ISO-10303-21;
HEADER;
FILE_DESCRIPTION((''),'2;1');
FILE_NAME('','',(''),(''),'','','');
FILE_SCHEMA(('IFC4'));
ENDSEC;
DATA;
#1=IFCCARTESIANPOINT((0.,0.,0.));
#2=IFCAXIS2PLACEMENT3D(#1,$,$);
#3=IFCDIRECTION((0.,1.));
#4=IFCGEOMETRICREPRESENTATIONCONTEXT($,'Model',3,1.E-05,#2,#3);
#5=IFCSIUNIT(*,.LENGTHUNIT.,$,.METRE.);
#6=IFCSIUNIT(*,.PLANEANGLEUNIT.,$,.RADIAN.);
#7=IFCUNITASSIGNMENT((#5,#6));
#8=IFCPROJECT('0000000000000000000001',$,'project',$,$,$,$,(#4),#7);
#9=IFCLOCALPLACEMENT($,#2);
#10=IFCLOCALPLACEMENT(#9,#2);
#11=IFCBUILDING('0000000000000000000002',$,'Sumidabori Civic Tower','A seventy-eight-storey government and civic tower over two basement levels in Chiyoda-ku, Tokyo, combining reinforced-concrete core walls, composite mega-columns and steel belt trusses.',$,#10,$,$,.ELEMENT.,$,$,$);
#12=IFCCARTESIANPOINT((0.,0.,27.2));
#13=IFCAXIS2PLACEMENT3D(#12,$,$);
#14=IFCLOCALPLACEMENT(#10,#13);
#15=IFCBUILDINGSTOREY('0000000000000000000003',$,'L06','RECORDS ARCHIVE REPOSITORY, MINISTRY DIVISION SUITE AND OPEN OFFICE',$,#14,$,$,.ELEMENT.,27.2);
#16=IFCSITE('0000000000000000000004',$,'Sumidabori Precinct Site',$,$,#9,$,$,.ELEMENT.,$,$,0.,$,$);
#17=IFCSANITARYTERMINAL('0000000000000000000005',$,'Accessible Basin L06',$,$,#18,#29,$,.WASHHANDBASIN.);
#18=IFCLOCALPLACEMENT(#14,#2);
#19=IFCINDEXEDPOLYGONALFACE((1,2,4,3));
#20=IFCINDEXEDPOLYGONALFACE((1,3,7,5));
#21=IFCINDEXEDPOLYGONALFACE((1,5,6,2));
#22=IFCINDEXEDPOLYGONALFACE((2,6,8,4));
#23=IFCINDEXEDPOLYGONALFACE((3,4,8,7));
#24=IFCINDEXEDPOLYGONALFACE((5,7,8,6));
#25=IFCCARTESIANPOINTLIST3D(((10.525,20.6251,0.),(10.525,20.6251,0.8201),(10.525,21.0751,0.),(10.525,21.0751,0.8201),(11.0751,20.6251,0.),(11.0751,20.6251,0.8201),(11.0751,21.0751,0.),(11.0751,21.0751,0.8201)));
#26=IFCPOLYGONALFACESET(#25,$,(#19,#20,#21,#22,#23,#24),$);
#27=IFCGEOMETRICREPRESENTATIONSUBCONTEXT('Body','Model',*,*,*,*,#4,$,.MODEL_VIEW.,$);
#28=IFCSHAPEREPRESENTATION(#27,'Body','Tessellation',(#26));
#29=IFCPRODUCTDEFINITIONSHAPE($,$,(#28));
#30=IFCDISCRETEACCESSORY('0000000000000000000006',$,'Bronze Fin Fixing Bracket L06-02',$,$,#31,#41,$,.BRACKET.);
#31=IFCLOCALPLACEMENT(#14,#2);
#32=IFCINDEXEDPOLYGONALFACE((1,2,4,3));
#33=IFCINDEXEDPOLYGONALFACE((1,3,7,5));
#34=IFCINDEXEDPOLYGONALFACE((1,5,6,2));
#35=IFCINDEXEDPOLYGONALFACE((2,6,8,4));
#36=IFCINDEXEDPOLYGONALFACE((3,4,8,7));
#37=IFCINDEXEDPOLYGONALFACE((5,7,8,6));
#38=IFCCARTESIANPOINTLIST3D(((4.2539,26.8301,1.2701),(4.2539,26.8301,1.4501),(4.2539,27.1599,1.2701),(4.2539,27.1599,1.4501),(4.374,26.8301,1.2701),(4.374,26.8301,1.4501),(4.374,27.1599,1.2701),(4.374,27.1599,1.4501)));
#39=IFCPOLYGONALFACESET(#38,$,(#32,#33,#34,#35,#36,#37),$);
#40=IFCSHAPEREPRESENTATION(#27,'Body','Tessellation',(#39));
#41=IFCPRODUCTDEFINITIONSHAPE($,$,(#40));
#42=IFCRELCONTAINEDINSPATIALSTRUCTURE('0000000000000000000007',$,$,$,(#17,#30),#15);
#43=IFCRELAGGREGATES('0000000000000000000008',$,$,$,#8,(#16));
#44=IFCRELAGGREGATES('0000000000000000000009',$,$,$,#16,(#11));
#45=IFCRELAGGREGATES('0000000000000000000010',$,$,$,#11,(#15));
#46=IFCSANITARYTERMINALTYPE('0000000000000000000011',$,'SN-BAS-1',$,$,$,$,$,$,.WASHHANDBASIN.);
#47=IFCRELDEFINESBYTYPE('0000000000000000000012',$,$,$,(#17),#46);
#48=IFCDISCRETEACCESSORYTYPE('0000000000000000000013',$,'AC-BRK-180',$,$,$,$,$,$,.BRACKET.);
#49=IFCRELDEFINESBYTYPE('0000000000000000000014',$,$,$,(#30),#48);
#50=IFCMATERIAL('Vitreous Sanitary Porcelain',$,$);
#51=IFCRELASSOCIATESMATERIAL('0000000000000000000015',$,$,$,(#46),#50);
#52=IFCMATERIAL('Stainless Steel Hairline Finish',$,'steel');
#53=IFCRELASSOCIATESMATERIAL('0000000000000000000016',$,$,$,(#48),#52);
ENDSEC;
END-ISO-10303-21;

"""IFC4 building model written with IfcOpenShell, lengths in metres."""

from ifc_helpers import new_model, si_unit, direction, frame, origin, origin_2d, place, context, subcontext, project, spatial, rectangle, extrude, source, transform, mapped, material, material_profile, profile_set, type_object, element, save


model = new_model("IFC4")

# Units and contexts
model_context = context("Model", 3, precision=1e-05, world=origin(), true_north=direction((0.0, 1.0)))
body_context = subcontext(model_context, "Body", "Model", "MODEL_VIEW")
ifc_project = project(units=[si_unit("LENGTHUNIT", "METRE"), si_unit("PLANEANGLEUNIT", "RADIAN")], contexts=[model_context])

# Site, building, storey
site_placement = place(None, origin())
site = spatial("IfcSite", under=ifc_project, at=site_placement, Name="Sumidabori Precinct Site", CompositionType="ELEMENT", RefElevation=0.0)
building_placement = place(site_placement, origin())
building = spatial("IfcBuilding", under=site, at=building_placement, Name="Sumidabori Civic Tower", Description="A seventy-eight-storey government and civic tower over two basement levels in Chiyoda-ku, Tokyo, combining reinforced-concrete core walls, composite mega-columns and steel belt trusses.", CompositionType="ELEMENT")
storey_placement = place(building_placement, frame((0.0, 0.0, 27.2)))
storey = spatial("IfcBuildingStorey", under=building, at=storey_placement, Name="L06", Description="RECORDS ARCHIVE REPOSITORY, MINISTRY DIVISION SUITE AND OPEN OFFICE", CompositionType="ELEMENT", Elevation=27.2)

# Sanitary terminal
ifc_material_1 = material(Name="Vitreous Sanitary Porcelain")
sanitary_terminal_type_1 = type_object("IfcSanitaryTerminalType", Name="SN-BAS-1", PredefinedType="WASHHANDBASIN", material=ifc_material_1)
shared_shape_1 = source(origin(), body_context, "Body", "SweptSolid", [
    extrude(rectangle(XDim=0.55, YDim=0.45, at=origin_2d()), origin(), (0.0, 0.0, 1.0), 0.8201),
])
sanitary_terminal_1_placement = place(storey_placement, frame((10.8, 20.8501, 0.0), z_axis=(0.0, 0.0, 1.0), x_axis=(1.0, 0.0, 0.0)))
element("IfcSanitaryTerminal", 1, at=sanitary_terminal_1_placement, inside=storey, type_object=sanitary_terminal_type_1, Name="Accessible Basin L06", PredefinedType="WASHHANDBASIN", context=body_context, shape_type="MappedRepresentation", body=[
    mapped(shared_shape_1, transform((0.0, 0.0, 0.0), x_axis=(1.0, 0.0, 0.0), y_axis=(0.0, 1.0, 0.0), z_axis=(0.0, 0.0, 1.0), scale=1.0)),
])

# Discrete accessory
ifc_material_2 = material(Name="Stainless Steel Hairline Finish", Category="steel")
ifc_material_profile_1 = material_profile(ifc_material_2, rectangle(XDim=0.1201, YDim=0.1799, at=origin_2d()), Name="STEEL BRACKET 180x120")
ifc_profile_set_1 = profile_set([ifc_material_profile_1], Name="Stainless Steel Hairline Finish")
discrete_accessory_type = type_object("IfcDiscreteAccessoryType", Name="AC-BRK-180", PredefinedType="BRACKET", material=ifc_profile_set_1)
shared_shape_2 = source(origin(), body_context, "Body", "SweptSolid", [
    extrude(rectangle(XDim=0.1201, YDim=0.1799, at=origin_2d()), origin(), (0.0, 0.0, 1.0), 0.3298),
])
discrete_accessory_placement = place(storey_placement, frame((4.314, 26.8301, 1.3601), z_axis=(0.0, 1.0, 0.0), x_axis=(-1.0, 0.0, 0.0)))
element("IfcDiscreteAccessory", 2, at=discrete_accessory_placement, inside=storey, type_object=discrete_accessory_type, Name="Bronze Fin Fixing Bracket L06-02", PredefinedType="BRACKET", context=body_context, shape_type="MappedRepresentation", body=[
    mapped(shared_shape_2, transform((0.0, 0.0, 0.0), x_axis=(1.0, 0.0, 0.0), y_axis=(0.0, 1.0, 0.0), z_axis=(0.0, 0.0, 1.0), scale=1.0)),
])

save(model, "model.ifc")
